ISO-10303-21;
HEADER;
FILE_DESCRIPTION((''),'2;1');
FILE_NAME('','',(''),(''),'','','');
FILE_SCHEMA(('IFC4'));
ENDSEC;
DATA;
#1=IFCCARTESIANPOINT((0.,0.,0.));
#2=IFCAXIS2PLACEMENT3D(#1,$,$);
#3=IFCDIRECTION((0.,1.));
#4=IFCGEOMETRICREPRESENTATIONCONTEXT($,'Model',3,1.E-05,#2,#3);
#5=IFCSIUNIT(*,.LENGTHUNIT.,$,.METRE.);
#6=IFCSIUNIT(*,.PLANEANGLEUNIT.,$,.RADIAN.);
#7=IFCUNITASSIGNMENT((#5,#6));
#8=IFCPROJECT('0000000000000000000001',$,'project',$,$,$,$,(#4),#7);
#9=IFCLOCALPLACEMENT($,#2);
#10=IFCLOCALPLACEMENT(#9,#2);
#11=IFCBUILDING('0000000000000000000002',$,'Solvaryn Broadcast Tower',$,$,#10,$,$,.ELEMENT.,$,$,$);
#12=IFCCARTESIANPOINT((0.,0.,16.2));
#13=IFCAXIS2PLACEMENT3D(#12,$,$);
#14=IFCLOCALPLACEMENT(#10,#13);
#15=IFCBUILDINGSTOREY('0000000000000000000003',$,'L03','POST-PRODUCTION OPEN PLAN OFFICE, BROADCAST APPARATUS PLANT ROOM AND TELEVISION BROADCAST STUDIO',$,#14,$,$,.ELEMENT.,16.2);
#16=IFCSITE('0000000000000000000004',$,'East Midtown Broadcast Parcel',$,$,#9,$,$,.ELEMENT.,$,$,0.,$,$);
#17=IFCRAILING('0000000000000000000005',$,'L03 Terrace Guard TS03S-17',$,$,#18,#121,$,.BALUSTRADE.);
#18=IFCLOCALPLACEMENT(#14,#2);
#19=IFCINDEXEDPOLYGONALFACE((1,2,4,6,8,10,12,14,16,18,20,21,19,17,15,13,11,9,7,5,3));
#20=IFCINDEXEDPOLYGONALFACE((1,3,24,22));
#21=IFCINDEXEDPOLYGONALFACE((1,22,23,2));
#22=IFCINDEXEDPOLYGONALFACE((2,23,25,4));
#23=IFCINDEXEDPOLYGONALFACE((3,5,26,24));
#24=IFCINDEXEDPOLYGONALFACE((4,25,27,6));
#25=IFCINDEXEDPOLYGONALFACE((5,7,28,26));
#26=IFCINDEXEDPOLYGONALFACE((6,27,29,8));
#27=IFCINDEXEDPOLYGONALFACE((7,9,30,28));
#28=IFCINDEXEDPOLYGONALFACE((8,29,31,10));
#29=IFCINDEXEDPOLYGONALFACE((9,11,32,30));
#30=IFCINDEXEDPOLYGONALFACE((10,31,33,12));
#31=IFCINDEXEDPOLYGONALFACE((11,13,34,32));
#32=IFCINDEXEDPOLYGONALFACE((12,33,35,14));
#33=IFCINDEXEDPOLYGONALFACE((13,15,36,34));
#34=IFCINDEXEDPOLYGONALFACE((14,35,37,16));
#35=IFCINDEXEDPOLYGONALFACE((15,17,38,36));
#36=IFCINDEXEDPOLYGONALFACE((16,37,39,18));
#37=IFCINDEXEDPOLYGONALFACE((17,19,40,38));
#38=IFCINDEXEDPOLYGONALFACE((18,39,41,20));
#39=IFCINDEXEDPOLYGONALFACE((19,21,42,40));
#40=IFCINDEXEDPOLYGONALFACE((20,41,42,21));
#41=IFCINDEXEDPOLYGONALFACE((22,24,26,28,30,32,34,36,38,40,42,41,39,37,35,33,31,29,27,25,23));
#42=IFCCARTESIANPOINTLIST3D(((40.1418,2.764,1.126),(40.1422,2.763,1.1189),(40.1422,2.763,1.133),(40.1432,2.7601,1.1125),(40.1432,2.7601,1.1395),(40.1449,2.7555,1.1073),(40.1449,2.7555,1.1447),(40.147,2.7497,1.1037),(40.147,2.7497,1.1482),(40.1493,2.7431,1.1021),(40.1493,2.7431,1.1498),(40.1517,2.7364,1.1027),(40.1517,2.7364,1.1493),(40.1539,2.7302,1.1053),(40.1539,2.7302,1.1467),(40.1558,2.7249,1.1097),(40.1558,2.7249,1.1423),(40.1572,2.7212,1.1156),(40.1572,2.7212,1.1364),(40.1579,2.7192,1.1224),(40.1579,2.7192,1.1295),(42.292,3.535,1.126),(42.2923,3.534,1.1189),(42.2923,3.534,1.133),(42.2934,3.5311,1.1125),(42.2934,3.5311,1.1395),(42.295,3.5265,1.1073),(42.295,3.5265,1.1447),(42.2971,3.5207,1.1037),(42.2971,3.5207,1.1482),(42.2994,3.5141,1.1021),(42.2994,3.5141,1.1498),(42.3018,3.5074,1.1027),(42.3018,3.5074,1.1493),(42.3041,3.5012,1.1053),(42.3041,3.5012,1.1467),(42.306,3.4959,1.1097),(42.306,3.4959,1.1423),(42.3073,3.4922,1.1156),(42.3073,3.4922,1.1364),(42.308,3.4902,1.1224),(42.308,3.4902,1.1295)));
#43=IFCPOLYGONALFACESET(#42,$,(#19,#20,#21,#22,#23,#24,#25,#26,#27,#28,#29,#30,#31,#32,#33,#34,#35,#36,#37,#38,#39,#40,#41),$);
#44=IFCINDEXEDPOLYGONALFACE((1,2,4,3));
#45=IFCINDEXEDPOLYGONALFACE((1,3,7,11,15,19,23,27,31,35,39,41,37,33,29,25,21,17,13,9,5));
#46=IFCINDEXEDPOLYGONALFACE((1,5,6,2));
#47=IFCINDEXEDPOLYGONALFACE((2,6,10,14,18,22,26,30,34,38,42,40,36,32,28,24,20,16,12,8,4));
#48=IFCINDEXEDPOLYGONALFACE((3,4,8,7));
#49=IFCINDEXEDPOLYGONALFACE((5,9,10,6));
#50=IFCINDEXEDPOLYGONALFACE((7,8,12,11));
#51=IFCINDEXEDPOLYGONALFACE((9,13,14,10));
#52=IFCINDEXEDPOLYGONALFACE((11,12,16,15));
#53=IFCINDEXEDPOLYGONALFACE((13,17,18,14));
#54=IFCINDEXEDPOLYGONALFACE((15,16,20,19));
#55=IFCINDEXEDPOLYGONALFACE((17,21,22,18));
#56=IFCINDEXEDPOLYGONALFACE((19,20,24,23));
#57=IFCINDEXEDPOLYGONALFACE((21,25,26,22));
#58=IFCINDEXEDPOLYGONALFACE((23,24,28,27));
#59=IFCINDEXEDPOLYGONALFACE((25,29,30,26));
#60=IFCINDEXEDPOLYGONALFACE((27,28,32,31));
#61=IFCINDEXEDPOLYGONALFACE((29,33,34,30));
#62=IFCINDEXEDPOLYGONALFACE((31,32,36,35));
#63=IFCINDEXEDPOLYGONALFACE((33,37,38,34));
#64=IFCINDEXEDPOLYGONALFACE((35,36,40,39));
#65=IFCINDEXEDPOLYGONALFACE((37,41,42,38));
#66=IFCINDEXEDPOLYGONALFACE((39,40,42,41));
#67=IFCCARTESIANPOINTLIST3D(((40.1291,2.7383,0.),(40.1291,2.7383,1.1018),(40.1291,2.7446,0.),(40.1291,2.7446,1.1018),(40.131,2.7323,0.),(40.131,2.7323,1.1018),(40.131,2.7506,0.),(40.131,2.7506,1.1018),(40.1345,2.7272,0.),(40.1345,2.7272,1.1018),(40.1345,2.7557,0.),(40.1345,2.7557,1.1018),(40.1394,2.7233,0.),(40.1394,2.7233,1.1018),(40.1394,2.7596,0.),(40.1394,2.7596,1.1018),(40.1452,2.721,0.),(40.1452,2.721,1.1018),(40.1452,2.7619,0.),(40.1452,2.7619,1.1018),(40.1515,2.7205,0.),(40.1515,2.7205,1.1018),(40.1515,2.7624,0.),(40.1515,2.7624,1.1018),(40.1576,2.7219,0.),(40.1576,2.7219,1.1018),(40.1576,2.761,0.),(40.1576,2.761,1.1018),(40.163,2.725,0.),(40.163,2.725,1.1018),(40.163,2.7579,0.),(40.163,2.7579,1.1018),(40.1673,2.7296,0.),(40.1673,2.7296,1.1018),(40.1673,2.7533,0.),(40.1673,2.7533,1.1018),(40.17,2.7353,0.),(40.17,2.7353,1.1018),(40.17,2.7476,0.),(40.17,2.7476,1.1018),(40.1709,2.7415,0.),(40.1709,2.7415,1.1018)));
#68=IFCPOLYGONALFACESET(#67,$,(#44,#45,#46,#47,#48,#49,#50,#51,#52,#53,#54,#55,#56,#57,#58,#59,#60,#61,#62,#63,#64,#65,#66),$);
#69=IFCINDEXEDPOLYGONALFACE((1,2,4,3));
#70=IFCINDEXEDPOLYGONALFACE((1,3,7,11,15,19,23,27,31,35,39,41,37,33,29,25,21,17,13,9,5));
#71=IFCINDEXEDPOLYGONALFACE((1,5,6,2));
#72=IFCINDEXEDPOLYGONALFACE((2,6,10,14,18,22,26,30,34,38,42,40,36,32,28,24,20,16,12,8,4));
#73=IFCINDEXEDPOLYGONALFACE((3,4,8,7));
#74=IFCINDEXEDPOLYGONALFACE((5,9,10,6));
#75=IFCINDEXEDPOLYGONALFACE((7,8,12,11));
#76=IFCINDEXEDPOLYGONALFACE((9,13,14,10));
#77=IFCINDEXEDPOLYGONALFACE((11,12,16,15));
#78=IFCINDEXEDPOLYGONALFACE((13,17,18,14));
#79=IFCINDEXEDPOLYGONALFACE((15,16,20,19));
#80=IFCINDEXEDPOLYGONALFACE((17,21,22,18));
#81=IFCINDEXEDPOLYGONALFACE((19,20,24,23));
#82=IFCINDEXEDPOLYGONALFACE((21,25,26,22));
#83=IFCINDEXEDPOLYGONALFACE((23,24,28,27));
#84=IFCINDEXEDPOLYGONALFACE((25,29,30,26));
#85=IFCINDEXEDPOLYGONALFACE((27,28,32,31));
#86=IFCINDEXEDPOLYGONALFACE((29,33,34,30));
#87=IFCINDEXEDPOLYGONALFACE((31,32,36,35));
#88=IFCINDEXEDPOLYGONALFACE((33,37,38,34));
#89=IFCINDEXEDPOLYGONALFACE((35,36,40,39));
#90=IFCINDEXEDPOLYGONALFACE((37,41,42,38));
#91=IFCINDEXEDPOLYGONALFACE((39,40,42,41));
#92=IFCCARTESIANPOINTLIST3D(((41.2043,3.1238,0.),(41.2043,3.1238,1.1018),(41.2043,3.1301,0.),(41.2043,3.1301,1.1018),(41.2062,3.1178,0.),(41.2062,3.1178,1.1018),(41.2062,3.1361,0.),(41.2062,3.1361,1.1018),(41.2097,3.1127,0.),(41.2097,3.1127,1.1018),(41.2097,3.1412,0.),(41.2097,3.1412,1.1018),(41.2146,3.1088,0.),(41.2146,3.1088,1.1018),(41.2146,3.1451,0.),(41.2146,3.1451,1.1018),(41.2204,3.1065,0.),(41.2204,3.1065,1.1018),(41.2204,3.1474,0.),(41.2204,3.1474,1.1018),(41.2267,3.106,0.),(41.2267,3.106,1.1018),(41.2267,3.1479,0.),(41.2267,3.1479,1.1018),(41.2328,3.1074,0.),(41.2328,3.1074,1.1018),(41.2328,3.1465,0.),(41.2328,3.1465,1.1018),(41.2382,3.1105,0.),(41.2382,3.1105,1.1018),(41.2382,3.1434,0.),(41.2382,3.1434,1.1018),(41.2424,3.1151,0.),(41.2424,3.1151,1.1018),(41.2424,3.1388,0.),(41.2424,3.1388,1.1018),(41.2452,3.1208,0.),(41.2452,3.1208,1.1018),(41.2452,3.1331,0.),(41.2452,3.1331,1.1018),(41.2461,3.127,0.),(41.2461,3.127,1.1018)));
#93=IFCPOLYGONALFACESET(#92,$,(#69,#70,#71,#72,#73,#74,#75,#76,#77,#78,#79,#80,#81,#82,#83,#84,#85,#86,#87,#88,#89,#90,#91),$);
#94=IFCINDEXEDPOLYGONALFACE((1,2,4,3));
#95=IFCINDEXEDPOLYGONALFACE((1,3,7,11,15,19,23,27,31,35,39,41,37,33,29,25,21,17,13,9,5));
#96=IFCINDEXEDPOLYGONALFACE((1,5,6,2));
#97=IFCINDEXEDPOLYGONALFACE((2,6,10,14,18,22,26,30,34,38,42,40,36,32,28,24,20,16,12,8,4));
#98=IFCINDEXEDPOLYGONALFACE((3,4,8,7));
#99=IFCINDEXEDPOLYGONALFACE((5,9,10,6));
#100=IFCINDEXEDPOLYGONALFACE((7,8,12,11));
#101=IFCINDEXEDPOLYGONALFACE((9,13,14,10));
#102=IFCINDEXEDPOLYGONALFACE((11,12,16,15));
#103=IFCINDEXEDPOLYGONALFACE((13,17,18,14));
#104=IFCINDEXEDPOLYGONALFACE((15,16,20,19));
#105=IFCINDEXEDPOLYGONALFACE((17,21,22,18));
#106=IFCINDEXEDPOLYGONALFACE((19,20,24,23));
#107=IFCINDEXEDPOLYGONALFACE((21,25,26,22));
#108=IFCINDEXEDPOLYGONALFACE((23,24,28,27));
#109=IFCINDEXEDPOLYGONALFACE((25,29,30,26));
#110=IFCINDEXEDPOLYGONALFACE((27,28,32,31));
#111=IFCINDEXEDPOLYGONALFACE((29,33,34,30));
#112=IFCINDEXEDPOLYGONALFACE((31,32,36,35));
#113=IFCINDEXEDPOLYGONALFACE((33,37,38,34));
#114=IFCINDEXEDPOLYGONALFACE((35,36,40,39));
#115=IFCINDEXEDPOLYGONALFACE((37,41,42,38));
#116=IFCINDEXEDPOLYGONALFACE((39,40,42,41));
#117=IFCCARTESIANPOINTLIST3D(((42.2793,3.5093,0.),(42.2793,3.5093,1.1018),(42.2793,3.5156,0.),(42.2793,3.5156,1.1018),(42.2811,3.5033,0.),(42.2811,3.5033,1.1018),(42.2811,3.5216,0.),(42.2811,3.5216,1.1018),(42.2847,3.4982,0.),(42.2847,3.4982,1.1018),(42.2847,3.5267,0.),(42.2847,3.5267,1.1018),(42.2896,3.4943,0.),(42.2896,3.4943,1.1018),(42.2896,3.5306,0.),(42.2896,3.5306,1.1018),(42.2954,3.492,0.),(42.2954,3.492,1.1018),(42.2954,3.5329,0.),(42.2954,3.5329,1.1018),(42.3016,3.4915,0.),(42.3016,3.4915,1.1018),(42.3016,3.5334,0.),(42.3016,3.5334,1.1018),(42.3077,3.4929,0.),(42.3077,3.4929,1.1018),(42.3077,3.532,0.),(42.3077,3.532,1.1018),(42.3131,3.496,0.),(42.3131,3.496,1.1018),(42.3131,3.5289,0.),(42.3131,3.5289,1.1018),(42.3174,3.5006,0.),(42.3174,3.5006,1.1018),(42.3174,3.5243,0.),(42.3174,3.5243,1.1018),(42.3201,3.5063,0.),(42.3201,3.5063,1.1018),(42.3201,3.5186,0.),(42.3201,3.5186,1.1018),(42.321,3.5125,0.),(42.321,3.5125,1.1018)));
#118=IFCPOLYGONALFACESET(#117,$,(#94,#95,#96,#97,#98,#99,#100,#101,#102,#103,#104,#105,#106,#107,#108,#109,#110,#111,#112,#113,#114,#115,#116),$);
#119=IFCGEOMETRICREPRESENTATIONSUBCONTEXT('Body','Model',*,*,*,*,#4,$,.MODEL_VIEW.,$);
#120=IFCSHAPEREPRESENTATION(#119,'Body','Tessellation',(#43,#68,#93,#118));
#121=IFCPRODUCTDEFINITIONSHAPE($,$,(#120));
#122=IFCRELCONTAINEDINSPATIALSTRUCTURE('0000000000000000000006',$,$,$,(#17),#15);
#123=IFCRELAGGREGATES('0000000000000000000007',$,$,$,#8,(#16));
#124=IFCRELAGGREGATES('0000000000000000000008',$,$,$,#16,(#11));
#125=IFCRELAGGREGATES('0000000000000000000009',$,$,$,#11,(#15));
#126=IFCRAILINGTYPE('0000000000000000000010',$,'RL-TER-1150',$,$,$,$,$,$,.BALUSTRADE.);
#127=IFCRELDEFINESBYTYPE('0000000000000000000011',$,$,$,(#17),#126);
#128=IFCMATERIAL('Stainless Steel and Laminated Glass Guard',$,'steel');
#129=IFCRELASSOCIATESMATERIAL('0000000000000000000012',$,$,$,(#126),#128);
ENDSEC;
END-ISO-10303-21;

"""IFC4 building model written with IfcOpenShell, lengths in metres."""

from ifc_helpers import new_model, si_unit, direction, frame, origin, origin_2d, place, context, subcontext, project, spatial, circle, extrude, material, type_object, element, save


model = new_model("IFC4")

# Units and contexts
model_context = context("Model", 3, precision=1e-05, world=origin(), true_north=direction((0.0, 1.0)))
body_context = subcontext(model_context, "Body", "Model", "MODEL_VIEW")
ifc_project = project(units=[si_unit("LENGTHUNIT", "METRE"), si_unit("PLANEANGLEUNIT", "RADIAN")], contexts=[model_context])

# Site, building, storey
site_placement = place(None, origin())
site = spatial("IfcSite", under=ifc_project, at=site_placement, Name="East Midtown Broadcast Parcel", CompositionType="ELEMENT", RefElevation=0.0)
building_placement = place(site_placement, origin())
building = spatial("IfcBuilding", under=site, at=building_placement, Name="Solvaryn Broadcast Tower", CompositionType="ELEMENT")
storey_placement = place(building_placement, frame((0.0, 0.0, 16.2)))
storey = spatial("IfcBuildingStorey", under=building, at=storey_placement, Name="L03", Description="POST-PRODUCTION OPEN PLAN OFFICE, BROADCAST APPARATUS PLANT ROOM AND TELEVISION BROADCAST STUDIO", CompositionType="ELEMENT", Elevation=16.2)

# Railing
ifc_material_1 = material(Name="Stainless Steel and Laminated Glass Guard", Category="steel")
railing_type = type_object("IfcRailingType", Name="RL-TER-1150", PredefinedType="BALUSTRADE", material=ifc_material_1)
railing_1_placement = place(storey_placement, frame((40.1499, 2.7415, 0.0)))
element("IfcRailing", 1, at=railing_1_placement, inside=storey, type_object=railing_type, Name="L03 Terrace Guard TS03S-17", PredefinedType="BALUSTRADE", context=body_context, shape_type="SweptSolid", body=[
    extrude(circle(Radius=0.0239, at=origin_2d()), frame((0.0, 0.0, 1.126), z_axis=(0.941313, 0.337535, 0.0), x_axis=(-0.337535, 0.941313, 0.0)), (0.0, 0.0, 1.0), 2.2842),
    extrude(circle(Radius=0.021, at=origin_2d()), origin(), (0.0, 0.0, 1.0), 1.1018),
    extrude(circle(Radius=0.021, at=origin_2d()), frame((1.0752, 0.3855, 0.0)), (0.0, 0.0, 1.0), 1.1018),
    extrude(circle(Radius=0.021, at=origin_2d()), frame((2.1501, 0.771, 0.0)), (0.0, 0.0, 1.0), 1.1018),
])

save(model, "model.ifc")
